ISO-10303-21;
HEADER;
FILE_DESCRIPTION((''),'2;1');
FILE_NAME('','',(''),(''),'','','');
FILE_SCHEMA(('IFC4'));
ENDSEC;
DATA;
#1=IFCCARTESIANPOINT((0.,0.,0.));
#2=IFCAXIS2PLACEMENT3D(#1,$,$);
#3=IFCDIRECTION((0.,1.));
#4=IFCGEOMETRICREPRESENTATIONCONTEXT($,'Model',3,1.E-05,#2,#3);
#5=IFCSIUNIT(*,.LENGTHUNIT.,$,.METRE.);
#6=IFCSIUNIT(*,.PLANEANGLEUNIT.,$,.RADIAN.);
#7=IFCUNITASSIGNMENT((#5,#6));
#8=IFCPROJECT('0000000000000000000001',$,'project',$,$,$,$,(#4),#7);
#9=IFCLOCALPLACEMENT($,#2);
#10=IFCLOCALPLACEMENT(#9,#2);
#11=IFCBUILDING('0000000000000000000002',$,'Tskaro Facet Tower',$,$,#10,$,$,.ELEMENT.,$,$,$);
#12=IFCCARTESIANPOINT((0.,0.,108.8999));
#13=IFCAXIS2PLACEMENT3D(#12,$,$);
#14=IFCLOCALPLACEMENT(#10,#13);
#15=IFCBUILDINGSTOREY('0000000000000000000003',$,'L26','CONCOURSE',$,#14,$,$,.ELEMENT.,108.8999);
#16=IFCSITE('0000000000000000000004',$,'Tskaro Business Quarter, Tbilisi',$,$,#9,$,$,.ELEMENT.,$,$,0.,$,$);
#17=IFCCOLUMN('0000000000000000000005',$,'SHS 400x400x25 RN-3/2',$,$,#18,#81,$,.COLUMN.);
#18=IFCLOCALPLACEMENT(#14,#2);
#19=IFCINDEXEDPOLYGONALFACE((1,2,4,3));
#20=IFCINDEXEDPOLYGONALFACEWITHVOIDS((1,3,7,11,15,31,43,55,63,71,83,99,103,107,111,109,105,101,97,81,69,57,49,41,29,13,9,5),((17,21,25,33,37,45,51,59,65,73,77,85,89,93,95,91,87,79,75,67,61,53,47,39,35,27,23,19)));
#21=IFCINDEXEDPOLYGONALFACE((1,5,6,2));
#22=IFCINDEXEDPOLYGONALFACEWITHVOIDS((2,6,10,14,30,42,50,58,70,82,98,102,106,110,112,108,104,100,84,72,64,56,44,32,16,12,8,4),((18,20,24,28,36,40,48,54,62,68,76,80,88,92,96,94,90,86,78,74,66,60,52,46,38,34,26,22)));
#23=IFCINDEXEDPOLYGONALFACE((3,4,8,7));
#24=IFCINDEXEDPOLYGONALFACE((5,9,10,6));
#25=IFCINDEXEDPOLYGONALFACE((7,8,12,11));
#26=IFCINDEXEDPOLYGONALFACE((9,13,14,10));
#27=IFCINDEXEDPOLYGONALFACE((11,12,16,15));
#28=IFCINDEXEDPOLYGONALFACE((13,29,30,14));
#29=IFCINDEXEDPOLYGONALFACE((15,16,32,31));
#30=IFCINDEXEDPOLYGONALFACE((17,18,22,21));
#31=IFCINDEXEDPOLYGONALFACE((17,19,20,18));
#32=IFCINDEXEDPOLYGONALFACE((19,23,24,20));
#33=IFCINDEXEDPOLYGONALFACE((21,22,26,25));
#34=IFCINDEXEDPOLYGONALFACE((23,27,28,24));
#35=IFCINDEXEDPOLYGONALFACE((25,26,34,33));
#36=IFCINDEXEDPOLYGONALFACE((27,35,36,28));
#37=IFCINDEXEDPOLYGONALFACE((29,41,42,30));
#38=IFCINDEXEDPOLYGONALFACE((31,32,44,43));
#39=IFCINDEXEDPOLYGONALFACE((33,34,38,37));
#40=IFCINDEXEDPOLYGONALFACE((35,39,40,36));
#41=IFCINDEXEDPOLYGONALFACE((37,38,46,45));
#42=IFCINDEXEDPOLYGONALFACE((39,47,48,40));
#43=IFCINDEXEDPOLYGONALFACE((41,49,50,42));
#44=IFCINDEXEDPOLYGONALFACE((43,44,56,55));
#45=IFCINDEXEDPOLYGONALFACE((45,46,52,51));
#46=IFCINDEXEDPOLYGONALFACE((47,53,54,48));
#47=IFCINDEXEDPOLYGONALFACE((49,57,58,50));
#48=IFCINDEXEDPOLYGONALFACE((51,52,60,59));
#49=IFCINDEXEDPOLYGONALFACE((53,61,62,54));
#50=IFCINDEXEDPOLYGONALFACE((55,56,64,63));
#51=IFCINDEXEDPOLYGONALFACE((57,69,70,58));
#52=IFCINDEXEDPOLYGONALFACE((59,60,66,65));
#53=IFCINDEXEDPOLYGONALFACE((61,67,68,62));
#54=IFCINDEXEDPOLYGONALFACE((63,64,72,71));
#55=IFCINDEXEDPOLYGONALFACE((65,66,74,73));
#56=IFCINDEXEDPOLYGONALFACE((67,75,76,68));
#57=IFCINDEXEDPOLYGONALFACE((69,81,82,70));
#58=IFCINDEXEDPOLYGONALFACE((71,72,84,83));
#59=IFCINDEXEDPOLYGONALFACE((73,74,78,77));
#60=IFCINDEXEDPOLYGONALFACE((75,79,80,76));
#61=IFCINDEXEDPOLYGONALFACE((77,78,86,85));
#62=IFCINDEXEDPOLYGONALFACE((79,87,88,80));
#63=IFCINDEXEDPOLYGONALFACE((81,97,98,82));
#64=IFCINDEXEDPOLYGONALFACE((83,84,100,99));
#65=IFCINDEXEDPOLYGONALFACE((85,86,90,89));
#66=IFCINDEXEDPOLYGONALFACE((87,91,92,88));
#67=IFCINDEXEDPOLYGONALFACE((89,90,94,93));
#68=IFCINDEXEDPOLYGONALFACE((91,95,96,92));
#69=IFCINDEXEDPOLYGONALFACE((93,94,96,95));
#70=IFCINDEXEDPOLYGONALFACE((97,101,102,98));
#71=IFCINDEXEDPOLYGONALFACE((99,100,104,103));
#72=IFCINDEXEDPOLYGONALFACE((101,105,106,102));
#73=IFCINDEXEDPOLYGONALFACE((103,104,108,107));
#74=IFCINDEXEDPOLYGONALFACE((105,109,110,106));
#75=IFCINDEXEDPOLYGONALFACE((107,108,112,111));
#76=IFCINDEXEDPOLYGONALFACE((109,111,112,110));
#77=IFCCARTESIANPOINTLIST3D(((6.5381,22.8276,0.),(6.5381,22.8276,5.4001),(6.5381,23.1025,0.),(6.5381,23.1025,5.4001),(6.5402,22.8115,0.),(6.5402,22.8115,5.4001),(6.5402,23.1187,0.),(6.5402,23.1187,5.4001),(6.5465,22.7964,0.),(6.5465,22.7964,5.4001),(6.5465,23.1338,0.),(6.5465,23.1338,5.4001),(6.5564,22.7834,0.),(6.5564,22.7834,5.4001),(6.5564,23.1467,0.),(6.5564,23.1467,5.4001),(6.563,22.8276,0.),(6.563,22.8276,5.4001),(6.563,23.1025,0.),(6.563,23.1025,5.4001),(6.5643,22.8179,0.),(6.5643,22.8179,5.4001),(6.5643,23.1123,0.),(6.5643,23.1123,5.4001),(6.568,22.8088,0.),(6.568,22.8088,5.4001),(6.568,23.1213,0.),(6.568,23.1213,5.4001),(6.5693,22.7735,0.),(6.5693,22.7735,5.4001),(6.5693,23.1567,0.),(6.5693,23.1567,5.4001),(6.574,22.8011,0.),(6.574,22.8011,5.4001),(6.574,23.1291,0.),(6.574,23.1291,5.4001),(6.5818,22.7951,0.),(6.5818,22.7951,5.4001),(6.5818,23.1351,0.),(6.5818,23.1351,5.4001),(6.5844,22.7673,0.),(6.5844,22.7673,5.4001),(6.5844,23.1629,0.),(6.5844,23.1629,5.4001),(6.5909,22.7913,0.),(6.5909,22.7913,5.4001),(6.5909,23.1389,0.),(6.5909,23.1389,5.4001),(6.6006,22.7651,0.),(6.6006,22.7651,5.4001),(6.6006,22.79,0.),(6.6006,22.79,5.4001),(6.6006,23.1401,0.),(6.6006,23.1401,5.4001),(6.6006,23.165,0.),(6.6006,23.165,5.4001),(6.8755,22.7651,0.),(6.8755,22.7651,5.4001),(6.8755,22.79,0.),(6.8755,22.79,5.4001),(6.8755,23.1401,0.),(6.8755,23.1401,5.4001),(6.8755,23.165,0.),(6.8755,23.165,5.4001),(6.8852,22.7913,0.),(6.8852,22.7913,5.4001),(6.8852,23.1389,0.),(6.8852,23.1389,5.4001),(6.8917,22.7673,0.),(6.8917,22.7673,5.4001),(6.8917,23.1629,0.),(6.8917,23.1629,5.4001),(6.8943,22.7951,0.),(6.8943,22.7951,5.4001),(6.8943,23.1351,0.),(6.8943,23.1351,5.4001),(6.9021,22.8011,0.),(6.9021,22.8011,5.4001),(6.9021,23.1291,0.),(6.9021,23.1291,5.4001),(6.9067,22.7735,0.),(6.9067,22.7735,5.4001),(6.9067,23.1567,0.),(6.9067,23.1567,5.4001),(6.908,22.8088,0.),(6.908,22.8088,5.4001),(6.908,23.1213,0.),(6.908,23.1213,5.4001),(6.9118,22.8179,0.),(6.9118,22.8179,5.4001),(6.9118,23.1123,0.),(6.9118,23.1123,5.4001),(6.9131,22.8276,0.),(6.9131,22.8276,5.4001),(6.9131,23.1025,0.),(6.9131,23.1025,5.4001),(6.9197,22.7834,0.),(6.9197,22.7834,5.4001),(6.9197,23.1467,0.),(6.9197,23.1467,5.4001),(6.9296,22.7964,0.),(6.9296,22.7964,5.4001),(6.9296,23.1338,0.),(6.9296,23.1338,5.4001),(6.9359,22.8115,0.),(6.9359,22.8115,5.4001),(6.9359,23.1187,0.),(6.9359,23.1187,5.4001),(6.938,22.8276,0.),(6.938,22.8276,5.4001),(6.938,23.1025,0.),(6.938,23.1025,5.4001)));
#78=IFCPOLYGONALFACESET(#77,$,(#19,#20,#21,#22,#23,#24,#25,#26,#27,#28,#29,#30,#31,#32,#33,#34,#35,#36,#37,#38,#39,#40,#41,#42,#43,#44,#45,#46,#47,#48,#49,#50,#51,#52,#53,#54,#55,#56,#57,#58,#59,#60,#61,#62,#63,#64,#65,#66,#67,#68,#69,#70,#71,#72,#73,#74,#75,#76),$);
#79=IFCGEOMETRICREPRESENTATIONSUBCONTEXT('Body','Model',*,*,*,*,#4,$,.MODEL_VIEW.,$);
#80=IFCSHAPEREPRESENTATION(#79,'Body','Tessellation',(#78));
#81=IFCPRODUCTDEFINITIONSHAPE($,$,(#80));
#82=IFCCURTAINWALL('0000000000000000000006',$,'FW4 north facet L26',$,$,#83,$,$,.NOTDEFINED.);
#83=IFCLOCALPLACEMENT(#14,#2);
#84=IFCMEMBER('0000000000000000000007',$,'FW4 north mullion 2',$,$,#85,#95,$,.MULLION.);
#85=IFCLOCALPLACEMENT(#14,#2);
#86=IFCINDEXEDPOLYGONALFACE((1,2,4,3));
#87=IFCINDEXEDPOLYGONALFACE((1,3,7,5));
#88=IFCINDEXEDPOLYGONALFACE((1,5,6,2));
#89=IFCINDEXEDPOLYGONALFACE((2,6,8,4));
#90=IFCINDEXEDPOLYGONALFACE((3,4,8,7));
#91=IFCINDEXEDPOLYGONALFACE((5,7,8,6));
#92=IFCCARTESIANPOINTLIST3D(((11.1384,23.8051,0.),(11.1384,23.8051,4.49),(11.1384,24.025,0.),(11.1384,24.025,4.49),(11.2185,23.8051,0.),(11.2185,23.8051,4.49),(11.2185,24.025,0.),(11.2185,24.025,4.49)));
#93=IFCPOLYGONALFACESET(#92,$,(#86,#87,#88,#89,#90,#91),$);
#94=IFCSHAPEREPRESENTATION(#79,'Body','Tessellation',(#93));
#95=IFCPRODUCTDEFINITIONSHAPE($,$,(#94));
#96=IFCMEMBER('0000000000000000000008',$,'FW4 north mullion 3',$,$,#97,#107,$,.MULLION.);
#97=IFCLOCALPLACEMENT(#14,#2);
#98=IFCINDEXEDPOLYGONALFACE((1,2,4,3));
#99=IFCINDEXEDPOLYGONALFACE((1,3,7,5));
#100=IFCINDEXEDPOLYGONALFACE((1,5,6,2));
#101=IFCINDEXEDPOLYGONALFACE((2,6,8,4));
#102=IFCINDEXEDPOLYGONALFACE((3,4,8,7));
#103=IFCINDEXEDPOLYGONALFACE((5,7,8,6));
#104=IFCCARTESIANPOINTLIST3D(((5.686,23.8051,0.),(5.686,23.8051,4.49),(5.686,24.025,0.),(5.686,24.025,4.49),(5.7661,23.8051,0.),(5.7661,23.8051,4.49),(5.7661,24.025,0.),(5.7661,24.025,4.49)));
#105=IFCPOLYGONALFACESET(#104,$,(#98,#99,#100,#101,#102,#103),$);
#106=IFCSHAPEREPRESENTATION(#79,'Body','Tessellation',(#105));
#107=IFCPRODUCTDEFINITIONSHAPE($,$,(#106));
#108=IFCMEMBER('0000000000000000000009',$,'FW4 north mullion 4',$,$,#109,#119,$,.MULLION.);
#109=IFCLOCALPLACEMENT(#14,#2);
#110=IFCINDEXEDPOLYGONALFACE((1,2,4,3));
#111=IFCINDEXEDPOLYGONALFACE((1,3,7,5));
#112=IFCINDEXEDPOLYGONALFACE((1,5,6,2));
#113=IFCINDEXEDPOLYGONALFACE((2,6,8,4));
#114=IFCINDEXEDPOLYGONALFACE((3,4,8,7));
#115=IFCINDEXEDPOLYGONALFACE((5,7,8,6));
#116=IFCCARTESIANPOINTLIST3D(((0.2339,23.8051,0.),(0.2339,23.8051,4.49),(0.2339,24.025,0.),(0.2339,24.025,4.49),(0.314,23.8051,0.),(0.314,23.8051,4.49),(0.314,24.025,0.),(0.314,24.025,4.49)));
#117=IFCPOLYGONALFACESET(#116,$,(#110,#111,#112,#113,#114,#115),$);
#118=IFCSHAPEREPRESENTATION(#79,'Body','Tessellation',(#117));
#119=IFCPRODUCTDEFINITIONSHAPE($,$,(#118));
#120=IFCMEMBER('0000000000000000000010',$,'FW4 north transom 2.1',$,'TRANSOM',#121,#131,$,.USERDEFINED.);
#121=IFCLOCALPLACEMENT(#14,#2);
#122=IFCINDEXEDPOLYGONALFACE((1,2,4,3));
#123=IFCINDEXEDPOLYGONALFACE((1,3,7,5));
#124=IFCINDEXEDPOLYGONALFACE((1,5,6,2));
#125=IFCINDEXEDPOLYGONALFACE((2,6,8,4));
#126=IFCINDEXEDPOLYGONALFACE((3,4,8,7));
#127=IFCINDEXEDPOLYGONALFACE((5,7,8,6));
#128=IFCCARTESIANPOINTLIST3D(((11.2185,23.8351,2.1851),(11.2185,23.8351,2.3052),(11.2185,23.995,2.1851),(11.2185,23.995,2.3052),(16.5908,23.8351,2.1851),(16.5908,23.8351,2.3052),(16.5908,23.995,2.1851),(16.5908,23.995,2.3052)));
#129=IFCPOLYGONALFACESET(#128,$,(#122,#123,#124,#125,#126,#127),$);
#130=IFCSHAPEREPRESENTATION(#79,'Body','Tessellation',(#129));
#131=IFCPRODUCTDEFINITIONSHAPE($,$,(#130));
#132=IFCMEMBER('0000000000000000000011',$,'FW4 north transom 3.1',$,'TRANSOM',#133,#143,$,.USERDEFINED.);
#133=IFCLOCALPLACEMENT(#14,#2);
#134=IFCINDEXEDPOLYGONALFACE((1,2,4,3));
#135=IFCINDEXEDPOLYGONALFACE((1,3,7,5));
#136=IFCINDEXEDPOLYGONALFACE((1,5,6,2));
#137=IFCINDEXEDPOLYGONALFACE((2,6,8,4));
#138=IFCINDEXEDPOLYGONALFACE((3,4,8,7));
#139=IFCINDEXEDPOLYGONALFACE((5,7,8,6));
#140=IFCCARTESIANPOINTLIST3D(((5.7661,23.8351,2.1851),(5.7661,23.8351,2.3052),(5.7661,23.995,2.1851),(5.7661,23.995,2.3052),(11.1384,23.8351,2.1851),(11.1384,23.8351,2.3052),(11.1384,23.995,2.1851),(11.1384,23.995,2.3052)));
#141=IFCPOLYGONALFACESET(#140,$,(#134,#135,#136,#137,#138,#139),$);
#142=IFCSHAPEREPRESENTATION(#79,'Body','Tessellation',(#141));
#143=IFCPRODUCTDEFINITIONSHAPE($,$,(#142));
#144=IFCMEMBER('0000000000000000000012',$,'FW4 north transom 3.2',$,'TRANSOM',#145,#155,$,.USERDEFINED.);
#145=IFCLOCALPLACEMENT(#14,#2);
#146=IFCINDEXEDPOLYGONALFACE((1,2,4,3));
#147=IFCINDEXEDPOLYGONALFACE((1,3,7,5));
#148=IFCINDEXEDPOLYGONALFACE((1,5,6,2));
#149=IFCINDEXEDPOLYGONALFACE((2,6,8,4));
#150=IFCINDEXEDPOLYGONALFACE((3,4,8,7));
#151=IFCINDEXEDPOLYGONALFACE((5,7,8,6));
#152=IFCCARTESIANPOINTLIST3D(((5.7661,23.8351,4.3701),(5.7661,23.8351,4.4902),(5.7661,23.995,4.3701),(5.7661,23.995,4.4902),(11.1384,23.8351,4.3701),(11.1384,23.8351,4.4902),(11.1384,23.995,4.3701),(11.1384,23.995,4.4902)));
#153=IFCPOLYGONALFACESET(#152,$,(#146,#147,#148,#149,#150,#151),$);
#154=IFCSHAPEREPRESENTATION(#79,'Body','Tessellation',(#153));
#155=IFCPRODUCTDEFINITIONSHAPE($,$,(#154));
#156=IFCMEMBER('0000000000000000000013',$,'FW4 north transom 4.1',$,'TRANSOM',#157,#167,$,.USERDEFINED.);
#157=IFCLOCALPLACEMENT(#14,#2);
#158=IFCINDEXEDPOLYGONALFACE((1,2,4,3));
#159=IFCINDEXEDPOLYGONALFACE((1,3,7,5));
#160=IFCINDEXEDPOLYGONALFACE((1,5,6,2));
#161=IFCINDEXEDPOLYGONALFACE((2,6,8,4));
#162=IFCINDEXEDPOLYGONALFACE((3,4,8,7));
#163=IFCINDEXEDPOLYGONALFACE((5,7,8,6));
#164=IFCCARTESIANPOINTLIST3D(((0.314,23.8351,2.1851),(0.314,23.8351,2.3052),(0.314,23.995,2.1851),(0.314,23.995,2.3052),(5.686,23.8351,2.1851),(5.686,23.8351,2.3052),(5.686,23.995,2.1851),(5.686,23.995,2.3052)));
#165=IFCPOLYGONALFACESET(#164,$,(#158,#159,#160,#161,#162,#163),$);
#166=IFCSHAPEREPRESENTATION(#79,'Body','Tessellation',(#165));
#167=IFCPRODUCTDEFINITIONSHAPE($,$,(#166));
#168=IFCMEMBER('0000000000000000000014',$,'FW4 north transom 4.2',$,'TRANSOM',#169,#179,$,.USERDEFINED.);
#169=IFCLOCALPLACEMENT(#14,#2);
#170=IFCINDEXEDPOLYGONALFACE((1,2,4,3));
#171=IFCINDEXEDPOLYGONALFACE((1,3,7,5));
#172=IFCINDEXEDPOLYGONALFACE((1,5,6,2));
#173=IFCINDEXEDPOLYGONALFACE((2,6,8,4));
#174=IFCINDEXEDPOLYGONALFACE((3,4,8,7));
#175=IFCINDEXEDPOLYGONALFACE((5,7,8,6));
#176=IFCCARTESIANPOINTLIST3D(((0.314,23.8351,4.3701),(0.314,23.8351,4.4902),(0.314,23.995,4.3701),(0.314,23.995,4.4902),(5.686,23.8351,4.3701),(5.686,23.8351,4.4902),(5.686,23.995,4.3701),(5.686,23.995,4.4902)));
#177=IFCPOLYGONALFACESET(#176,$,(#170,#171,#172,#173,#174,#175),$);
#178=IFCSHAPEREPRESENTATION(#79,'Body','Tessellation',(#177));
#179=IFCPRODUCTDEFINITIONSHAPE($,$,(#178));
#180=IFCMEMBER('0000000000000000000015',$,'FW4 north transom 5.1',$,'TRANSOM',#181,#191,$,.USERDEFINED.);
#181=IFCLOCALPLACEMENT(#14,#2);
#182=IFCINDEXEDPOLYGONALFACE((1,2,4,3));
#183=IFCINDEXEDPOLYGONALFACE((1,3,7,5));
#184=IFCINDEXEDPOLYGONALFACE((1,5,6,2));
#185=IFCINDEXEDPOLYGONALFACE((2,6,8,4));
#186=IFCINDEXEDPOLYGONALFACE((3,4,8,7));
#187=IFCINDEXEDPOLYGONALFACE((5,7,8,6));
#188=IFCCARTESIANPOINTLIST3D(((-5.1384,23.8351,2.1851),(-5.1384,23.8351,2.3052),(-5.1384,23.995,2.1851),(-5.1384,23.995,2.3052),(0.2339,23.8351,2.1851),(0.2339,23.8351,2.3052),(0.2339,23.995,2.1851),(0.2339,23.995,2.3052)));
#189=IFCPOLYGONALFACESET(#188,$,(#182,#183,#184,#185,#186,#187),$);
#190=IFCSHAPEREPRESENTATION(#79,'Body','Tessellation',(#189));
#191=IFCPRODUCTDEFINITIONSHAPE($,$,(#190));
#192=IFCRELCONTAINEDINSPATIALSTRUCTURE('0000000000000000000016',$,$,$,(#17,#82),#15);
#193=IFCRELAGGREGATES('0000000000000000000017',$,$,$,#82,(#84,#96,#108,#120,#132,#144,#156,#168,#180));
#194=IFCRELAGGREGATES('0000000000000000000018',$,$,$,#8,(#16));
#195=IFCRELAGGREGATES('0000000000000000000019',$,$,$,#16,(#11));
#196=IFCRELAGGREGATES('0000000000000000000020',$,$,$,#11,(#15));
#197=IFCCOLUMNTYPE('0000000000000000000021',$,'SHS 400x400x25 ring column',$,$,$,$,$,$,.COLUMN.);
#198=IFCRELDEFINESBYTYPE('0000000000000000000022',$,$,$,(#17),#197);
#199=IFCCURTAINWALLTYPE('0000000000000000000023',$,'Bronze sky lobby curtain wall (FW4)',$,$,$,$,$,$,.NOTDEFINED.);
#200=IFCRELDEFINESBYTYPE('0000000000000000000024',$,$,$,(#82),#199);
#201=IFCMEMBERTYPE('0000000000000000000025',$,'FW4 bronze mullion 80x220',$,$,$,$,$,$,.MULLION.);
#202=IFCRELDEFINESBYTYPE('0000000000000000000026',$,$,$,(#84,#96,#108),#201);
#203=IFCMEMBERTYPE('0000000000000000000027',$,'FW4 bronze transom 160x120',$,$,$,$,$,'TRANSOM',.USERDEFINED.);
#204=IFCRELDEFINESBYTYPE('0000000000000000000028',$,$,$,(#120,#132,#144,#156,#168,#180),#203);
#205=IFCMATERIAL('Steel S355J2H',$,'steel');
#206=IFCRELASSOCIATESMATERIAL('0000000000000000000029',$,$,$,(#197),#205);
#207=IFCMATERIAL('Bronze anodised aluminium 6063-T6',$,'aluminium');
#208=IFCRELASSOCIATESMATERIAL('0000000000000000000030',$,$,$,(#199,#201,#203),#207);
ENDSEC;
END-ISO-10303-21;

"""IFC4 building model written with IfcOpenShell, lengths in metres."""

from ifc_helpers import new_model, si_unit, direction, frame, origin, origin_2d, place, context, subcontext, project, spatial, rectangle, hollow_rectangle, extrude, material, material_profile, profile_set, type_object, element, aggregate, save


model = new_model("IFC4")

# Units and contexts
model_context = context("Model", 3, precision=1e-05, world=origin(), true_north=direction((0.0, 1.0)))
body_context = subcontext(model_context, "Body", "Model", "MODEL_VIEW")
ifc_project = project(units=[si_unit("LENGTHUNIT", "METRE"), si_unit("PLANEANGLEUNIT", "RADIAN")], contexts=[model_context])

# Site, building, storey
site_placement = place(None, origin())
site = spatial("IfcSite", under=ifc_project, at=site_placement, Name="Tskaro Business Quarter, Tbilisi", CompositionType="ELEMENT", RefElevation=0.0)
building_placement = place(site_placement, origin())
building = spatial("IfcBuilding", under=site, at=building_placement, Name="Tskaro Facet Tower", CompositionType="ELEMENT")
storey_placement = place(building_placement, frame((0.0, 0.0, 108.8999)))
storey = spatial("IfcBuildingStorey", under=building, at=storey_placement, Name="L26", Description="CONCOURSE", CompositionType="ELEMENT", Elevation=108.8999)

# Column
ifc_material_1 = material(Name="Steel S355J2H", Category="steel")
ifc_material_profile_1 = material_profile(ifc_material_1, hollow_rectangle(XDim=0.3999, YDim=0.3999, WallThickness=0.0249, InnerFilletRadius=0.0376, OuterFilletRadius=0.0625, at=origin_2d()), Name="SHS 400x400x25")
ifc_profile_set_1 = profile_set([ifc_material_profile_1], Name="Steel S355J2H")
column_type_1 = type_object("IfcColumnType", Name="SHS 400x400x25 ring column", PredefinedType="COLUMN", material=ifc_profile_set_1)
for number, where, z_axis, x_axis, name in (
    (1, (6.738, 22.9651, 0.0), (0.0, 0.0, 1.0), (1.0, 0.0, 0.0), "SHS 400x400x25 RN-3/2"),
):
    element("IfcColumn", number, at=place(storey_placement, frame(where, z_axis=z_axis, x_axis=x_axis)), inside=storey, type_object=column_type_1, Name=name, PredefinedType="COLUMN", context=body_context, shape_type="SweptSolid", body=[
        extrude(hollow_rectangle(XDim=0.3999, YDim=0.3999, WallThickness=0.0249, InnerFilletRadius=0.0376, OuterFilletRadius=0.0625, at=origin_2d()), origin(), (0.0, 0.0, 1.0), 5.4001),
    ])

# Curtain wall, members
ifc_material_2 = material(Name="Bronze anodised aluminium 6063-T6", Category="aluminium")
curtain_wall_type = type_object("IfcCurtainWallType", Name="Bronze sky lobby curtain wall (FW4)", PredefinedType="NOTDEFINED", material=ifc_material_2)
curtain_wall_placement = place(storey_placement, origin())
curtain_wall = element("IfcCurtainWall", 2, at=curtain_wall_placement, inside=storey, type_object=curtain_wall_type, Name="FW4 north facet L26", PredefinedType="NOTDEFINED")
ifc_material_profile_2 = material_profile(ifc_material_2, rectangle(XDim=0.0801, YDim=0.22, at=origin_2d()), Name="Mullion 80x220")
ifc_profile_set_2 = profile_set([ifc_material_profile_2], Name="Bronze anodised aluminium 6063-T6")
member_type_1 = type_object("IfcMemberType", Name="FW4 bronze mullion 80x220", PredefinedType="MULLION", material=ifc_profile_set_2)
member_1_placement = place(storey_placement, frame((11.1785, 23.915, 0.0), z_axis=(0.0, 0.0, 1.0), x_axis=(-1.0, 0.0, 0.0)))
member_1 = element("IfcMember", 3, at=member_1_placement, type_object=member_type_1, Name="FW4 north mullion 2", PredefinedType="MULLION", context=body_context, shape_type="SweptSolid", body=[
    extrude(rectangle(XDim=0.0801, YDim=0.22, at=origin_2d()), origin(), (0.0, 0.0, 1.0), 4.49),
])
member_2_placement = place(storey_placement, frame((5.7261, 23.915, 0.0), z_axis=(0.0, 0.0, 1.0), x_axis=(-1.0, 0.0, 0.0)))
member_2 = element("IfcMember", 4, at=member_2_placement, type_object=member_type_1, Name="FW4 north mullion 3", PredefinedType="MULLION", context=body_context, shape_type="SweptSolid", body=[
    extrude(rectangle(XDim=0.0801, YDim=0.22, at=origin_2d()), origin(), (0.0, 0.0, 1.0), 4.49),
])
member_3_placement = place(storey_placement, frame((0.2739, 23.915, 0.0), z_axis=(0.0, 0.0, 1.0), x_axis=(-1.0, 0.0, 0.0)))
member_3 = element("IfcMember", 5, at=member_3_placement, type_object=member_type_1, Name="FW4 north mullion 4", PredefinedType="MULLION", context=body_context, shape_type="SweptSolid", body=[
    extrude(rectangle(XDim=0.0801, YDim=0.22, at=origin_2d()), origin(), (0.0, 0.0, 1.0), 4.49),
])
ifc_material_profile_3 = material_profile(ifc_material_2, rectangle(XDim=0.1599, YDim=0.1201, at=origin_2d()), Name="Transom 160x120")
ifc_profile_set_3 = profile_set([ifc_material_profile_3], Name="Bronze anodised aluminium 6063-T6")
member_type_2 = type_object("IfcMemberType", Name="FW4 bronze transom 160x120", ElementType="TRANSOM", PredefinedType="USERDEFINED", material=ifc_profile_set_3)
member_4_placement = place(storey_placement, frame((16.5908, 23.915, 2.2451), z_axis=(-1.0, 0.0, 0.0), x_axis=(0.0, -1.0, 0.0)))
member_4 = element("IfcMember", 6, at=member_4_placement, type_object=member_type_2, Name="FW4 north transom 2.1", ObjectType="TRANSOM", PredefinedType="USERDEFINED", context=body_context, shape_type="SweptSolid", body=[
    extrude(rectangle(XDim=0.1599, YDim=0.1201, at=origin_2d()), origin(), (0.0, 0.0, 1.0), 5.3723),
])
member_5_placement = place(storey_placement, frame((11.1384, 23.915, 2.2451), z_axis=(-1.0, 0.0, 0.0), x_axis=(0.0, -1.0, 0.0)))
member_5 = element("IfcMember", 7, at=member_5_placement, type_object=member_type_2, Name="FW4 north transom 3.1", ObjectType="TRANSOM", PredefinedType="USERDEFINED", context=body_context, shape_type="SweptSolid", body=[
    extrude(rectangle(XDim=0.1599, YDim=0.1201, at=origin_2d()), origin(), (0.0, 0.0, 1.0), 5.3723),
])
member_6_placement = place(storey_placement, frame((11.1384, 23.915, 4.4302), z_axis=(-1.0, 0.0, 0.0), x_axis=(0.0, -1.0, 0.0)))
member_6 = element("IfcMember", 8, at=member_6_placement, type_object=member_type_2, Name="FW4 north transom 3.2", ObjectType="TRANSOM", PredefinedType="USERDEFINED", context=body_context, shape_type="SweptSolid", body=[
    extrude(rectangle(XDim=0.1599, YDim=0.1201, at=origin_2d()), origin(), (0.0, 0.0, 1.0), 5.3723),
])
member_7_placement = place(storey_placement, frame((5.686, 23.915, 2.2451), z_axis=(-1.0, 0.0, 0.0), x_axis=(0.0, -1.0, 0.0)))
member_7 = element("IfcMember", 9, at=member_7_placement, type_object=member_type_2, Name="FW4 north transom 4.1", ObjectType="TRANSOM", PredefinedType="USERDEFINED", context=body_context, shape_type="SweptSolid", body=[
    extrude(rectangle(XDim=0.1599, YDim=0.1201, at=origin_2d()), origin(), (0.0, 0.0, 1.0), 5.3721),
])
member_8_placement = place(storey_placement, frame((5.686, 23.915, 4.4302), z_axis=(-1.0, 0.0, 0.0), x_axis=(0.0, -1.0, 0.0)))
member_8 = element("IfcMember", 10, at=member_8_placement, type_object=member_type_2, Name="FW4 north transom 4.2", ObjectType="TRANSOM", PredefinedType="USERDEFINED", context=body_context, shape_type="SweptSolid", body=[
    extrude(rectangle(XDim=0.1599, YDim=0.1201, at=origin_2d()), origin(), (0.0, 0.0, 1.0), 5.3721),
])
member_9_placement = place(storey_placement, frame((0.2339, 23.915, 2.2451), z_axis=(-1.0, 0.0, 0.0), x_axis=(0.0, -1.0, 0.0)))
member_9 = element("IfcMember", 11, at=member_9_placement, type_object=member_type_2, Name="FW4 north transom 5.1", ObjectType="TRANSOM", PredefinedType="USERDEFINED", context=body_context, shape_type="SweptSolid", body=[
    extrude(rectangle(XDim=0.1599, YDim=0.1201, at=origin_2d()), origin(), (0.0, 0.0, 1.0), 5.3723),
])

aggregate(curtain_wall, [member_1, member_2, member_3, member_4, member_5, member_6, member_7, member_8, member_9])

save(model, "model.ifc")
